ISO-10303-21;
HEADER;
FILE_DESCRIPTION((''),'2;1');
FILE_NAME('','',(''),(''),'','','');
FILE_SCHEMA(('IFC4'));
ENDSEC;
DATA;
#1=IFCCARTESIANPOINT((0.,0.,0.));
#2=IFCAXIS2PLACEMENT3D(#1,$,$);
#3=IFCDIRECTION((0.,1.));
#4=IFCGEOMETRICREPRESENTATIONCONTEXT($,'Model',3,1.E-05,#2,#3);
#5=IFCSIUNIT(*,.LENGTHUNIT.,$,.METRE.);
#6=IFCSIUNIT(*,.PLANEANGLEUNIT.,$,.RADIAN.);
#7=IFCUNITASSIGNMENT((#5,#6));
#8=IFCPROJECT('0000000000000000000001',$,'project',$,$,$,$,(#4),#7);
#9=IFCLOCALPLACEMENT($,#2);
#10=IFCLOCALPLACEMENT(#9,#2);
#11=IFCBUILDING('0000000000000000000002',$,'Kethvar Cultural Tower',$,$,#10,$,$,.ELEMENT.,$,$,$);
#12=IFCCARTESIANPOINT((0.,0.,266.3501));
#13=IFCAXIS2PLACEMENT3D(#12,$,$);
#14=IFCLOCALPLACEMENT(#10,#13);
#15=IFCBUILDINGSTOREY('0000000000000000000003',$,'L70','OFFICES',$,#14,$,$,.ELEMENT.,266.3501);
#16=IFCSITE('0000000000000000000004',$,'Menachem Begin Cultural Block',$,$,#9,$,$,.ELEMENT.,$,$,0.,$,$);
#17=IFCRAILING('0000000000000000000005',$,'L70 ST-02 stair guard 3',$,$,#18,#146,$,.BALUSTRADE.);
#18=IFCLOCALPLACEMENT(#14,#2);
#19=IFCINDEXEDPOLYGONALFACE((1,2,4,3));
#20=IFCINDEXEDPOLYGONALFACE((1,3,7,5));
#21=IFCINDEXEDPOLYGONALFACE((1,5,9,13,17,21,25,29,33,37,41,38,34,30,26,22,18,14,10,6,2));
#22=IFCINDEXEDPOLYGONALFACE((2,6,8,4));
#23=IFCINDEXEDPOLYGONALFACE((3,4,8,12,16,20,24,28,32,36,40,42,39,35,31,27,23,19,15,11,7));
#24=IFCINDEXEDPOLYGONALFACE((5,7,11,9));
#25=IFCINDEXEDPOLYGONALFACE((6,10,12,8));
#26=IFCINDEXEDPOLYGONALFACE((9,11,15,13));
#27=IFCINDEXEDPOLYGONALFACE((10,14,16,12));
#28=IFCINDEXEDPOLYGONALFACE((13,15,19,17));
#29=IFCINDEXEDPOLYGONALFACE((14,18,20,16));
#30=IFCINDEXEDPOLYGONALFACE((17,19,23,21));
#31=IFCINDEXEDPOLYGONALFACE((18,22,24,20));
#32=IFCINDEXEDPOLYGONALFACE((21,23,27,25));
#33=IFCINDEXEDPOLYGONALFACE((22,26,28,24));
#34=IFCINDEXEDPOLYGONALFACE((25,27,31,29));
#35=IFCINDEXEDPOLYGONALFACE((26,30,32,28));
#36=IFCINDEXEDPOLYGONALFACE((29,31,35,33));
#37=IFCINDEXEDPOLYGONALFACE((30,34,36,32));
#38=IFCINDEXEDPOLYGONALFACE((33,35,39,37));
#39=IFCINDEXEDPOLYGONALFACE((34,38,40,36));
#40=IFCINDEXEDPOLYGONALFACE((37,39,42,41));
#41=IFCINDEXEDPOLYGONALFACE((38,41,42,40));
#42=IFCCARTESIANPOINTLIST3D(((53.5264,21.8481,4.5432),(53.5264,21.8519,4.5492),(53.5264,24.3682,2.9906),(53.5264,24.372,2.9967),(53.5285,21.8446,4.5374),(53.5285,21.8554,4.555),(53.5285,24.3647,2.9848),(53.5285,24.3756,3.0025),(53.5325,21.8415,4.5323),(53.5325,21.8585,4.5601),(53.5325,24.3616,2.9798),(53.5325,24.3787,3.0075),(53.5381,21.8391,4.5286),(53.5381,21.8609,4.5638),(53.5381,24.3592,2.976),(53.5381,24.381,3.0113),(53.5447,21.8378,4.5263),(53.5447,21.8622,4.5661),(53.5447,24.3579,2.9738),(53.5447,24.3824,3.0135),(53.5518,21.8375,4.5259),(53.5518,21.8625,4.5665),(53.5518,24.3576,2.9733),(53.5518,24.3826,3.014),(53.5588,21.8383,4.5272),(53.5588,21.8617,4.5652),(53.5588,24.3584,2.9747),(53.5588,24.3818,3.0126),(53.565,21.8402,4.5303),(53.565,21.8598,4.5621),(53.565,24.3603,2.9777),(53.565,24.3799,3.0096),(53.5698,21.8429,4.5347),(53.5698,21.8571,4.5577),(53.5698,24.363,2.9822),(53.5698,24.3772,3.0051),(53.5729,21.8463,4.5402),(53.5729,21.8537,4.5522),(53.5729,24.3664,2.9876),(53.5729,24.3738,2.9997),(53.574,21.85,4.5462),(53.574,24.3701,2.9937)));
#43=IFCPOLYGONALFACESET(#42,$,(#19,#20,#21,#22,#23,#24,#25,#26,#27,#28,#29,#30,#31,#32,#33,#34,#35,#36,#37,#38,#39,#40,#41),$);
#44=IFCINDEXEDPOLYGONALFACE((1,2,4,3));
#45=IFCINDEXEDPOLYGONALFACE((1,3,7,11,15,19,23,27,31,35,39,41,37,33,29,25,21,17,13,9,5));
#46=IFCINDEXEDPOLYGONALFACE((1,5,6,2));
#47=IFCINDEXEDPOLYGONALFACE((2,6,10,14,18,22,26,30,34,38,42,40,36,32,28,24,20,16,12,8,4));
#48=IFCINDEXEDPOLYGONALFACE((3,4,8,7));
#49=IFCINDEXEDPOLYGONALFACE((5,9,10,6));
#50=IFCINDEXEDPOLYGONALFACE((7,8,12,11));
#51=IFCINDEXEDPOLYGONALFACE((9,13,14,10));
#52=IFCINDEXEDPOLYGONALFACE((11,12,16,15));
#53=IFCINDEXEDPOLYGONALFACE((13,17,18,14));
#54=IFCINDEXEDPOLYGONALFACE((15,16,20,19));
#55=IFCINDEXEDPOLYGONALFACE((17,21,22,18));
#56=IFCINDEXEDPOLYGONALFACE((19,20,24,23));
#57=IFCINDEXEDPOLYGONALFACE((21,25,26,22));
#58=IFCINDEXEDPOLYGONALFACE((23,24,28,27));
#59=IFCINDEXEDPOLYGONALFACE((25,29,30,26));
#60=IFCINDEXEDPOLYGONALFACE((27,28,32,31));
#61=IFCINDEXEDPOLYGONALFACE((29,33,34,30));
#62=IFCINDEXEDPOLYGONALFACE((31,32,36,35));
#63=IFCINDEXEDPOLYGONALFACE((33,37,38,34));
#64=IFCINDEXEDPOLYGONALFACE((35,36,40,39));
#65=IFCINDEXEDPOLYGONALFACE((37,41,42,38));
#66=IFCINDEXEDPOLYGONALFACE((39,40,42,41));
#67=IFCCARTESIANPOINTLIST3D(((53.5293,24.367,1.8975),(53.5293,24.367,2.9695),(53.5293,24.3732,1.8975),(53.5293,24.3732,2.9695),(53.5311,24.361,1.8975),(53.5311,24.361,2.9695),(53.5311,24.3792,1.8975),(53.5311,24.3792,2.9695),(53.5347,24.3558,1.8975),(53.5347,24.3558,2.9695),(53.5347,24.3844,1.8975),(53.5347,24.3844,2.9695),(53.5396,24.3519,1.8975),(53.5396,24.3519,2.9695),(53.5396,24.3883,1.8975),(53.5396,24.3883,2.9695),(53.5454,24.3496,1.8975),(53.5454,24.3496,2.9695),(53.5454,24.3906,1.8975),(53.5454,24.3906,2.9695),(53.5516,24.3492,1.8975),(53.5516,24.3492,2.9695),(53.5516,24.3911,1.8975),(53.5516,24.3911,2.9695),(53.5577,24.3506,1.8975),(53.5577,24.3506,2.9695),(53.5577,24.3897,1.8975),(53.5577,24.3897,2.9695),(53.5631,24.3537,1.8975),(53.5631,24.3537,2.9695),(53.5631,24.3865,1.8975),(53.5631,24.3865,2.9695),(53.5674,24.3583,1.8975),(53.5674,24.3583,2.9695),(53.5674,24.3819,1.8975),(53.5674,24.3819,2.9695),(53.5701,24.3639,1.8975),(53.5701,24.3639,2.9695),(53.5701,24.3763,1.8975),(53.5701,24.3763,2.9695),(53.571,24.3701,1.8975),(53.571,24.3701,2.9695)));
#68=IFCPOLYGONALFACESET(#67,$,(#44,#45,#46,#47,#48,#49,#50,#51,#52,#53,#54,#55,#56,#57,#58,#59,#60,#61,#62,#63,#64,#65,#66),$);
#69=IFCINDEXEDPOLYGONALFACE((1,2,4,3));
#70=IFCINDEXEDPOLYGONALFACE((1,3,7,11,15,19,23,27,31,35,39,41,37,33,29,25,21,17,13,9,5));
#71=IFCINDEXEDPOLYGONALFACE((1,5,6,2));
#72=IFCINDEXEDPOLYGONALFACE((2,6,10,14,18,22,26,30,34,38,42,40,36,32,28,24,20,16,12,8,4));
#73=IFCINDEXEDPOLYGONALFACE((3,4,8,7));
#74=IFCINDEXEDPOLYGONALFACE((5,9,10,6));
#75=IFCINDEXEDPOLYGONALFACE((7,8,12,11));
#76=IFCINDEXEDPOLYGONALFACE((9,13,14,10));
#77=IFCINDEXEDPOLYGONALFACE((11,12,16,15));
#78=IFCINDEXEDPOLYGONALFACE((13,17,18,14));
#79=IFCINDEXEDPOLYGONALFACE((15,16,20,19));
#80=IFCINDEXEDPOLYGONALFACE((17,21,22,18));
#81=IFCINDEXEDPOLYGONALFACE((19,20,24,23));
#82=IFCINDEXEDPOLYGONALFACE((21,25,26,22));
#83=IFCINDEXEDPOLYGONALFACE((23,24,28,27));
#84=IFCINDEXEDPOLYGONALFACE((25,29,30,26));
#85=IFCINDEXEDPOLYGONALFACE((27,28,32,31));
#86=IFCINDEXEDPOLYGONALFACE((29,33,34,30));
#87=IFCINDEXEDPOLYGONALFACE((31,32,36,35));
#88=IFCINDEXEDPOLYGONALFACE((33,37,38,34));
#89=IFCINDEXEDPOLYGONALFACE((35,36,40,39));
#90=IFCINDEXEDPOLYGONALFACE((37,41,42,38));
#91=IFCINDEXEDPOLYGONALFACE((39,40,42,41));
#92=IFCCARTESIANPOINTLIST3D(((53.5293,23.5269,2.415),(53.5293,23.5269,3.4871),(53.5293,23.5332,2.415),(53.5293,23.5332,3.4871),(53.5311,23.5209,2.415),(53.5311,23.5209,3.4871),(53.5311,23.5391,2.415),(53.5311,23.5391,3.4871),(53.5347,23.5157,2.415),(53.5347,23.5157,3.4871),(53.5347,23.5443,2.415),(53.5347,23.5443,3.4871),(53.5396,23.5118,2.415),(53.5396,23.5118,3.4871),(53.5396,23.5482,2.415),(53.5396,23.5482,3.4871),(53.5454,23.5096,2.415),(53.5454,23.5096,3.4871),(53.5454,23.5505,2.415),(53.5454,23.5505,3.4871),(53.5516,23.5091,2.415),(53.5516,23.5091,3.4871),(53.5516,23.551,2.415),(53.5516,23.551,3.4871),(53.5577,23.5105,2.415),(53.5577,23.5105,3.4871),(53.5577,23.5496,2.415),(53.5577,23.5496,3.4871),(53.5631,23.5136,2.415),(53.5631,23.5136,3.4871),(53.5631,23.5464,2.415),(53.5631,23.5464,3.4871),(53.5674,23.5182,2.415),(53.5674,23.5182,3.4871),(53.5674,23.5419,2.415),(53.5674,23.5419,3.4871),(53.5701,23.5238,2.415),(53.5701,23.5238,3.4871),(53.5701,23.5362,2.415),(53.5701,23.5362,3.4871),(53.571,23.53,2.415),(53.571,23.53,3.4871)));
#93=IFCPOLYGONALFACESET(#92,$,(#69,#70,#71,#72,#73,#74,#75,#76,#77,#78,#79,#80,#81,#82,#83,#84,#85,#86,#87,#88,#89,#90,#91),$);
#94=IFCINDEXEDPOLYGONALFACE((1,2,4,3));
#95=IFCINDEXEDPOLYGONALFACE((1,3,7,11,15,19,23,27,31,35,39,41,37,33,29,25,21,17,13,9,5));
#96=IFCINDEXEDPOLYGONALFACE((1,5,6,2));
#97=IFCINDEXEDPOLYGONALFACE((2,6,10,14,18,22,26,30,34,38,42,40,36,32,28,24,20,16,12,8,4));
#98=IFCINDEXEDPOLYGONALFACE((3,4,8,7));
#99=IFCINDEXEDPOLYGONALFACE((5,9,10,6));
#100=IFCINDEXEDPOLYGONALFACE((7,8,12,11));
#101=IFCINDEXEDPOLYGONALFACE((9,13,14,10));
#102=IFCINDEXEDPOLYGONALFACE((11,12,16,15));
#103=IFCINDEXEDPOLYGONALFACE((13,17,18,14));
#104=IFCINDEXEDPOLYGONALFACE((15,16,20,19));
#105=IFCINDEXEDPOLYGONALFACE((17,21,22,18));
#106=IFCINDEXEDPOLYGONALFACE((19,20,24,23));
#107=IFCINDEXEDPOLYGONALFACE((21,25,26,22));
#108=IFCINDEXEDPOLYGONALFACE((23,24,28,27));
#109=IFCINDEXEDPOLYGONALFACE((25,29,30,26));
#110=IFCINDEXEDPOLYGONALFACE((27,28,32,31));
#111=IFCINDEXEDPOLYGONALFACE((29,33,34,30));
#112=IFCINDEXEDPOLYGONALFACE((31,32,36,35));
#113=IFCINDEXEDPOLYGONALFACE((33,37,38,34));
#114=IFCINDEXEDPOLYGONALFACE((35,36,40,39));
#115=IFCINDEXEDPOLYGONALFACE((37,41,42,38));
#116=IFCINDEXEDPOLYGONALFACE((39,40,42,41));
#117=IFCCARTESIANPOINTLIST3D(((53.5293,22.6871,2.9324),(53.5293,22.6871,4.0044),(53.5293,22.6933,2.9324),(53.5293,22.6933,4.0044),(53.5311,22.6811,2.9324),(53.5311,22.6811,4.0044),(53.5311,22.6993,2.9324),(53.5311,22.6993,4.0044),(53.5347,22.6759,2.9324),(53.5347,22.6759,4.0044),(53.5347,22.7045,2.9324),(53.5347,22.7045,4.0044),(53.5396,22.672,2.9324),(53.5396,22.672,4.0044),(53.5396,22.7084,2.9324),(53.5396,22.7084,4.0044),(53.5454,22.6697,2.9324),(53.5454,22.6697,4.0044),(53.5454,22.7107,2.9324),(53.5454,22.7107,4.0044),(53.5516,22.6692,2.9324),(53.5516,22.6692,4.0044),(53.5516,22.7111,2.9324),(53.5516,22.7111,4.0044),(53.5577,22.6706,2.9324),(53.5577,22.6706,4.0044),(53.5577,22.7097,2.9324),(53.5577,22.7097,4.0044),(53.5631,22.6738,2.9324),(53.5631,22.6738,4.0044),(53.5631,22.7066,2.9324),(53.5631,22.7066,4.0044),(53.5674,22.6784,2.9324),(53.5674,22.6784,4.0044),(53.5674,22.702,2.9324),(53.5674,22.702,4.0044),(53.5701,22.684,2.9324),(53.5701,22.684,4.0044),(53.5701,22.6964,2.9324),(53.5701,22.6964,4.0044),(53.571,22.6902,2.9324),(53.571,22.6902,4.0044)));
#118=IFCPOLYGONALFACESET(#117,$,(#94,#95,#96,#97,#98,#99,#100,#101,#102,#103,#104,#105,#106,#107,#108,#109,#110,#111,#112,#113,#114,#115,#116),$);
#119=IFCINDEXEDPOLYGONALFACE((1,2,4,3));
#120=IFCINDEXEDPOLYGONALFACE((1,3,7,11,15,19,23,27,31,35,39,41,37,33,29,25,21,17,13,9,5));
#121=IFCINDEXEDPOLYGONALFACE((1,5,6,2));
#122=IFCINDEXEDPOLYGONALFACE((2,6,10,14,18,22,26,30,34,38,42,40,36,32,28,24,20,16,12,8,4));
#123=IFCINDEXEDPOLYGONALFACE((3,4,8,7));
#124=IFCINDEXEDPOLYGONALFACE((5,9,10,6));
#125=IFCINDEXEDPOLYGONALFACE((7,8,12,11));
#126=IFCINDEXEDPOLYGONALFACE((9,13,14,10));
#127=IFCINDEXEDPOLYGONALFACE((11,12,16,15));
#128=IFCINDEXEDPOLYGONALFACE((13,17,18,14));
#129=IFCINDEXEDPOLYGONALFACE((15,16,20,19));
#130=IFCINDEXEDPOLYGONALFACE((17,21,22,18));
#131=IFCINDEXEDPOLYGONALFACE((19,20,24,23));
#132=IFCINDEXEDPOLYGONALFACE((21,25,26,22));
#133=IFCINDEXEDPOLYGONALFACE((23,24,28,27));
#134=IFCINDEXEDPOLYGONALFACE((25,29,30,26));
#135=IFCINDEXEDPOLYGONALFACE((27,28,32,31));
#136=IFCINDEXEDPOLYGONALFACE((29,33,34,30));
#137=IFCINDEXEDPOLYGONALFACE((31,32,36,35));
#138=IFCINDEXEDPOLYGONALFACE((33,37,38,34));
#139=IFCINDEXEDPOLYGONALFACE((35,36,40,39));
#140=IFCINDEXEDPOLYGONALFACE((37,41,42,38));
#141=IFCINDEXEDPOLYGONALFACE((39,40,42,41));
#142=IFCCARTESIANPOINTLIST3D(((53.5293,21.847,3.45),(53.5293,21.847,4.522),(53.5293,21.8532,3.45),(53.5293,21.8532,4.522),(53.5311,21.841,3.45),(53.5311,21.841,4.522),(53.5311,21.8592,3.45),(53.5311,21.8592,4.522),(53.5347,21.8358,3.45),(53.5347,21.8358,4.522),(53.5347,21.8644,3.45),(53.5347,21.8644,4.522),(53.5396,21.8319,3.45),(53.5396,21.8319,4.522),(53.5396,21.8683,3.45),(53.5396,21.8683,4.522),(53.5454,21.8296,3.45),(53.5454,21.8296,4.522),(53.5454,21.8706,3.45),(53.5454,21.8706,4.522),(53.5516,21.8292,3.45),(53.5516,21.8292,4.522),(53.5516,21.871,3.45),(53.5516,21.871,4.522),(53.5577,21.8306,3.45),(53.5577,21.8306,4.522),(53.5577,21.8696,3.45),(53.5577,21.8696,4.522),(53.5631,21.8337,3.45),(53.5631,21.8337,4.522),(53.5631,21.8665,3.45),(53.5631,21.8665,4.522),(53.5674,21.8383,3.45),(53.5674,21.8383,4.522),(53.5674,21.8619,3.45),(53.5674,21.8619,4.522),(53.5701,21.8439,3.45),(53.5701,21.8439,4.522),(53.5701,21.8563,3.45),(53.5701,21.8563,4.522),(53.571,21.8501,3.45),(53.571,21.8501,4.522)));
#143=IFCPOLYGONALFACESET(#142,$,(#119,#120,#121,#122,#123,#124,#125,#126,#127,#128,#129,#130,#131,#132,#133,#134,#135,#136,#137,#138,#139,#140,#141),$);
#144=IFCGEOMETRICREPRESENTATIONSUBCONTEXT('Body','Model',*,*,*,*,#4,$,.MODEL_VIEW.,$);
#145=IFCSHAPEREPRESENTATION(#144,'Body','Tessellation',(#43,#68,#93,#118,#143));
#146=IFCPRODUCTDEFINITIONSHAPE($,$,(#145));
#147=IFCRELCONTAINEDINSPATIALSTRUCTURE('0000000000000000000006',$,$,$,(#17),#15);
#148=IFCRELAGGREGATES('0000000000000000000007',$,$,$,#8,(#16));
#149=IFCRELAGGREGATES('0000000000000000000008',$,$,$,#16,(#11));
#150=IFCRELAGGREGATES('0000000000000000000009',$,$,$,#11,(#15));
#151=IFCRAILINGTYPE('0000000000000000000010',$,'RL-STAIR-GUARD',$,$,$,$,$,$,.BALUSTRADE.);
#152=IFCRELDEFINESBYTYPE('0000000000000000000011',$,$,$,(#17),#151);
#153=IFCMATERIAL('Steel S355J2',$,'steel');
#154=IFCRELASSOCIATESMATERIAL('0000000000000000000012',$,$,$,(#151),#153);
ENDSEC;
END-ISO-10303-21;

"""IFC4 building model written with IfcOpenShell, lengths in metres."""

from ifc_helpers import new_model, si_unit, direction, frame, origin, origin_2d, place, context, subcontext, project, spatial, circle, extrude, material, type_object, element, save


model = new_model("IFC4")

# Units and contexts
model_context = context("Model", 3, precision=1e-05, world=origin(), true_north=direction((0.0, 1.0)))
body_context = subcontext(model_context, "Body", "Model", "MODEL_VIEW")
ifc_project = project(units=[si_unit("LENGTHUNIT", "METRE"), si_unit("PLANEANGLEUNIT", "RADIAN")], contexts=[model_context])

# Site, building, storey
site_placement = place(None, origin())
site = spatial("IfcSite", under=ifc_project, at=site_placement, Name="Menachem Begin Cultural Block", CompositionType="ELEMENT", RefElevation=0.0)
building_placement = place(site_placement, origin())
building = spatial("IfcBuilding", under=site, at=building_placement, Name="Kethvar Cultural Tower", CompositionType="ELEMENT")
storey_placement = place(building_placement, frame((0.0, 0.0, 266.3501)))
storey = spatial("IfcBuildingStorey", under=building, at=storey_placement, Name="L70", Description="OFFICES", CompositionType="ELEMENT", Elevation=266.3501)

# Shared definitions
ifc_material_1 = material(Name="Steel S355J2", Category="steel")

# Railing
railing_type_1 = type_object("IfcRailingType", Name="RL-STAIR-GUARD", PredefinedType="BALUSTRADE", material=ifc_material_1)
railing_1_placement = place(storey_placement, frame((53.55, 24.3701, 1.8975)))
element("IfcRailing", 1, at=railing_1_placement, inside=storey, type_object=railing_type_1, Name="L70 ST-02 stair guard 3", PredefinedType="BALUSTRADE", context=body_context, shape_type="SweptSolid", body=[
    extrude(circle(Radius=0.0239, at=origin_2d()), frame((0.0, 0.0, 1.0962), z_axis=(0.0, -0.8514, 0.524516), x_axis=(1.0, 0.0, 0.0)), (0.0, 0.0, 1.0), 2.96),
    extrude(circle(Radius=0.021, at=origin_2d()), origin(), (0.0, 0.0, 1.0), 1.072),
    extrude(circle(Radius=0.021, at=origin_2d()), frame((0.0, -0.8401, 0.5176)), (0.0, 0.0, 1.0), 1.072),
    extrude(circle(Radius=0.021, at=origin_2d()), frame((0.0, -1.6799, 1.0349)), (0.0, 0.0, 1.0), 1.072),
    extrude(circle(Radius=0.021, at=origin_2d()), frame((0.0, -2.52, 1.5525)), (0.0, 0.0, 1.0), 1.072),
])

save(model, "model.ifc")
